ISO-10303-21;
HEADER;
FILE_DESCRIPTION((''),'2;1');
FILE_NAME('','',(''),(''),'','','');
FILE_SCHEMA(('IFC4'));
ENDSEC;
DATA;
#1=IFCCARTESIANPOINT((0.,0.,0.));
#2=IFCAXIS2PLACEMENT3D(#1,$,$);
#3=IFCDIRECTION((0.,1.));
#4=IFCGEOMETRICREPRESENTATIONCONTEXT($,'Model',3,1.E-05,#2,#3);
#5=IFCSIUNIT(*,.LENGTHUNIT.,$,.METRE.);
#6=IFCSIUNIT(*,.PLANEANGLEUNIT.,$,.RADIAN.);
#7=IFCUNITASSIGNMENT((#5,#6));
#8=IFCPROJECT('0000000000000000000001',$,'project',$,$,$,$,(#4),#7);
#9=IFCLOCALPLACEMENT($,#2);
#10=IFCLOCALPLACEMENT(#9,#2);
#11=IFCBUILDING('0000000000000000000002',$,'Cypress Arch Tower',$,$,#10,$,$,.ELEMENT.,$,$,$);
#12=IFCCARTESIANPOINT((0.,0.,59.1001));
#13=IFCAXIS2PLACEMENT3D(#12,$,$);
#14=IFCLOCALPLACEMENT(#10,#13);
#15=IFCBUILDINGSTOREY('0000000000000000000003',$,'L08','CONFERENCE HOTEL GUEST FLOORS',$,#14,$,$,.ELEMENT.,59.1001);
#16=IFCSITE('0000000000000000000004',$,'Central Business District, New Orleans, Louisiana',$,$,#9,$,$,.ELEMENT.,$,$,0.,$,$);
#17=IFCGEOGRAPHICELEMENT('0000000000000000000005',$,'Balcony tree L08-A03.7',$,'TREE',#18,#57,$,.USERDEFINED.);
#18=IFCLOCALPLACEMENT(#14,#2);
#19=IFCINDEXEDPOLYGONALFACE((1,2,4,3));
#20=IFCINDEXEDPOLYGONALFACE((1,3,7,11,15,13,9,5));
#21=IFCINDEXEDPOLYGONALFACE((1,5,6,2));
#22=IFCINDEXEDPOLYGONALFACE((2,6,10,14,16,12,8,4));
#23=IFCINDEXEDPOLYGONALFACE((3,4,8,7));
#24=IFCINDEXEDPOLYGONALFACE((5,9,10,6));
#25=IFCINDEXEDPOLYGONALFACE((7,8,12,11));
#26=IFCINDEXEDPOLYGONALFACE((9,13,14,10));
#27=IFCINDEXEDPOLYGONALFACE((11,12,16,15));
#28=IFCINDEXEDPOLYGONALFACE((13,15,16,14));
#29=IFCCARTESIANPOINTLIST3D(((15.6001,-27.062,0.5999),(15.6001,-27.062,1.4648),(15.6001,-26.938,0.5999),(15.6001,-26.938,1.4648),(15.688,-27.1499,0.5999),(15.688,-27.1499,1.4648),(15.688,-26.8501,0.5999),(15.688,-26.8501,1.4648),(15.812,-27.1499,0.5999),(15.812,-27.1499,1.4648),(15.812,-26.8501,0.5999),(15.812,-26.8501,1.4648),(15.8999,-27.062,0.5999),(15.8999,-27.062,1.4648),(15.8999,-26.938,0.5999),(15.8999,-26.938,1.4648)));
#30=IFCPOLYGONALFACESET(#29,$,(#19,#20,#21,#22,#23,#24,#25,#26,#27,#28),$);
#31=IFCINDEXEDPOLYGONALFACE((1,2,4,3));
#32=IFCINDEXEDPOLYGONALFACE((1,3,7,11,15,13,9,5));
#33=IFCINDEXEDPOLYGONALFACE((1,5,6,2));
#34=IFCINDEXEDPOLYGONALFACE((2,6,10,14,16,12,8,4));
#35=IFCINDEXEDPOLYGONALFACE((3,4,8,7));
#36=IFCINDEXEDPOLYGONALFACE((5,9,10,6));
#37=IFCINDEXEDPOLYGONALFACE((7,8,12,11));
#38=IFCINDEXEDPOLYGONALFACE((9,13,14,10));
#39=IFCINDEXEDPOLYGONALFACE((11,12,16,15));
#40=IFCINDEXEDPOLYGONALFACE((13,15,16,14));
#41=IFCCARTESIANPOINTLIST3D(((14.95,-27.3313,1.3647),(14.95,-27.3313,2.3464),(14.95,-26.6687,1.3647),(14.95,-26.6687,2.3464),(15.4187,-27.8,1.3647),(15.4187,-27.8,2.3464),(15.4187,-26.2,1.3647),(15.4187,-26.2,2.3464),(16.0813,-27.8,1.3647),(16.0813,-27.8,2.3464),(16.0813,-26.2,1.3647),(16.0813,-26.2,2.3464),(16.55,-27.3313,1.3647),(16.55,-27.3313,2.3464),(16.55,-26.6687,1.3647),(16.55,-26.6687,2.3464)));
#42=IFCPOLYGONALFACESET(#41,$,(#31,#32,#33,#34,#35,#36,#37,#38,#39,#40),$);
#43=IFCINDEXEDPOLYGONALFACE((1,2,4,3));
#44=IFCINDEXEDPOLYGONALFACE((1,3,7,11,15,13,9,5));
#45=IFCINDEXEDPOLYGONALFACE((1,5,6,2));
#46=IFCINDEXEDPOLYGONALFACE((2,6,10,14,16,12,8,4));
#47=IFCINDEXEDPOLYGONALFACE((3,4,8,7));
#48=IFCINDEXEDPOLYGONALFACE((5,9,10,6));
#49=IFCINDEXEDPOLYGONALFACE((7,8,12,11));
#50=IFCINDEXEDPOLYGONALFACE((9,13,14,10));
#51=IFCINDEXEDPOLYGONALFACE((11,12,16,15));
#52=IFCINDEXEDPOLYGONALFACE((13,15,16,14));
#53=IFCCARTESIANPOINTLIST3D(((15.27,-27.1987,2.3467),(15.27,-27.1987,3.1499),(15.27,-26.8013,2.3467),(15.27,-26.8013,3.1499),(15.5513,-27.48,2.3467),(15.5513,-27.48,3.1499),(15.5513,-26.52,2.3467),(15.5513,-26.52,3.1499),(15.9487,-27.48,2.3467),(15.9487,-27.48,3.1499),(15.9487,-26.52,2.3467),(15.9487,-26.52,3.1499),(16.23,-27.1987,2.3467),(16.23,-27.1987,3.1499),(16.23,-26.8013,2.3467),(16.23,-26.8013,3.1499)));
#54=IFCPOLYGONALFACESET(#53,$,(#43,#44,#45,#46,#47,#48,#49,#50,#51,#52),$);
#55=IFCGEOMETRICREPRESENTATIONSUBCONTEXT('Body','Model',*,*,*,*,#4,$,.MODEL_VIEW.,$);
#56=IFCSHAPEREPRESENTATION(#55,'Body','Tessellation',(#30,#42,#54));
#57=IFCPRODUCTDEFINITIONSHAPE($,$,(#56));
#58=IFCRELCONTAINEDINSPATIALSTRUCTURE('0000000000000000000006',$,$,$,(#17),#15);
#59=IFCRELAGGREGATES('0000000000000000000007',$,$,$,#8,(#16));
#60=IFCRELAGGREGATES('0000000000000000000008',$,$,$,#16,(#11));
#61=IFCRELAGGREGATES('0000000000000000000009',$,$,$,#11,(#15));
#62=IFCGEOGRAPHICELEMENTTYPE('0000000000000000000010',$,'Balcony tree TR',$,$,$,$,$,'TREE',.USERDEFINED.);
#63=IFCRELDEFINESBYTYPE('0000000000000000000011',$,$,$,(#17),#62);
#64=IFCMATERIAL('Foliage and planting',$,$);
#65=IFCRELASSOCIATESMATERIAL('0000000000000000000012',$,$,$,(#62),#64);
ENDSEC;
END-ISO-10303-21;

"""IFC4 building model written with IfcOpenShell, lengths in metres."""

from ifc_helpers import new_model, si_unit, direction, frame, origin, place, context, subcontext, project, spatial, polyline, outline, extrude, material, type_object, element, save


model = new_model("IFC4")

# Units and contexts
model_context = context("Model", 3, precision=1e-05, world=origin(), true_north=direction((0.0, 1.0)))
body_context = subcontext(model_context, "Body", "Model", "MODEL_VIEW")
ifc_project = project(units=[si_unit("LENGTHUNIT", "METRE"), si_unit("PLANEANGLEUNIT", "RADIAN")], contexts=[model_context])

# Site, building, storey
site_placement = place(None, origin())
site = spatial("IfcSite", under=ifc_project, at=site_placement, Name="Central Business District, New Orleans, Louisiana", CompositionType="ELEMENT", RefElevation=0.0)
building_placement = place(site_placement, origin())
building = spatial("IfcBuilding", under=site, at=building_placement, Name="Cypress Arch Tower", CompositionType="ELEMENT")
storey_placement = place(building_placement, frame((0.0, 0.0, 59.1001)))
storey = spatial("IfcBuildingStorey", under=building, at=storey_placement, Name="L08", Description="CONFERENCE HOTEL GUEST FLOORS", CompositionType="ELEMENT", Elevation=59.1001)

# Geographic element
ifc_material_1 = material(Name="Foliage and planting")
geographic_element_type = type_object("IfcGeographicElementType", Name="Balcony tree TR", ElementType="TREE", PredefinedType="USERDEFINED", material=ifc_material_1)
geographic_element_placement = place(storey_placement, frame((15.75, -27.0, 0.5999), z_axis=(0.0, 0.0, 1.0), x_axis=(1.0, 0.0, 0.0)))
element("IfcGeographicElement", 1, at=geographic_element_placement, inside=storey, type_object=geographic_element_type, Name="Balcony tree L08-A03.7", ObjectType="TREE", PredefinedType="USERDEFINED", context=body_context, shape_type="SweptSolid", body=[
    extrude(outline(polyline([(0.1499, 0.062), (0.062, 0.1499), (-0.062, 0.1499), (-0.1499, 0.062), (-0.1499, -0.062), (-0.062, -0.1499), (0.062, -0.1499), (0.1499, -0.062), (0.1499, 0.062)])), origin(), (0.0, 0.0, 1.0), 0.865),
    extrude(outline(polyline([(0.8, 0.3313), (0.3313, 0.8), (-0.3313, 0.8), (-0.8, 0.3313), (-0.8, -0.3313), (-0.3313, -0.8), (0.3313, -0.8), (0.8, -0.3313), (0.8, 0.3313)])), frame((0.0, 0.0, 0.7649)), (0.0, 0.0, 1.0), 0.9817),
    extrude(outline(polyline([(0.48, 0.1987), (0.1987, 0.48), (-0.1987, 0.48), (-0.48, 0.1987), (-0.48, -0.1987), (-0.1987, -0.48), (0.1987, -0.48), (0.48, -0.1987), (0.48, 0.1987)])), frame((0.0, 0.0, 1.7468)), (0.0, 0.0, 1.0), 0.8032),
])

save(model, "model.ifc")
